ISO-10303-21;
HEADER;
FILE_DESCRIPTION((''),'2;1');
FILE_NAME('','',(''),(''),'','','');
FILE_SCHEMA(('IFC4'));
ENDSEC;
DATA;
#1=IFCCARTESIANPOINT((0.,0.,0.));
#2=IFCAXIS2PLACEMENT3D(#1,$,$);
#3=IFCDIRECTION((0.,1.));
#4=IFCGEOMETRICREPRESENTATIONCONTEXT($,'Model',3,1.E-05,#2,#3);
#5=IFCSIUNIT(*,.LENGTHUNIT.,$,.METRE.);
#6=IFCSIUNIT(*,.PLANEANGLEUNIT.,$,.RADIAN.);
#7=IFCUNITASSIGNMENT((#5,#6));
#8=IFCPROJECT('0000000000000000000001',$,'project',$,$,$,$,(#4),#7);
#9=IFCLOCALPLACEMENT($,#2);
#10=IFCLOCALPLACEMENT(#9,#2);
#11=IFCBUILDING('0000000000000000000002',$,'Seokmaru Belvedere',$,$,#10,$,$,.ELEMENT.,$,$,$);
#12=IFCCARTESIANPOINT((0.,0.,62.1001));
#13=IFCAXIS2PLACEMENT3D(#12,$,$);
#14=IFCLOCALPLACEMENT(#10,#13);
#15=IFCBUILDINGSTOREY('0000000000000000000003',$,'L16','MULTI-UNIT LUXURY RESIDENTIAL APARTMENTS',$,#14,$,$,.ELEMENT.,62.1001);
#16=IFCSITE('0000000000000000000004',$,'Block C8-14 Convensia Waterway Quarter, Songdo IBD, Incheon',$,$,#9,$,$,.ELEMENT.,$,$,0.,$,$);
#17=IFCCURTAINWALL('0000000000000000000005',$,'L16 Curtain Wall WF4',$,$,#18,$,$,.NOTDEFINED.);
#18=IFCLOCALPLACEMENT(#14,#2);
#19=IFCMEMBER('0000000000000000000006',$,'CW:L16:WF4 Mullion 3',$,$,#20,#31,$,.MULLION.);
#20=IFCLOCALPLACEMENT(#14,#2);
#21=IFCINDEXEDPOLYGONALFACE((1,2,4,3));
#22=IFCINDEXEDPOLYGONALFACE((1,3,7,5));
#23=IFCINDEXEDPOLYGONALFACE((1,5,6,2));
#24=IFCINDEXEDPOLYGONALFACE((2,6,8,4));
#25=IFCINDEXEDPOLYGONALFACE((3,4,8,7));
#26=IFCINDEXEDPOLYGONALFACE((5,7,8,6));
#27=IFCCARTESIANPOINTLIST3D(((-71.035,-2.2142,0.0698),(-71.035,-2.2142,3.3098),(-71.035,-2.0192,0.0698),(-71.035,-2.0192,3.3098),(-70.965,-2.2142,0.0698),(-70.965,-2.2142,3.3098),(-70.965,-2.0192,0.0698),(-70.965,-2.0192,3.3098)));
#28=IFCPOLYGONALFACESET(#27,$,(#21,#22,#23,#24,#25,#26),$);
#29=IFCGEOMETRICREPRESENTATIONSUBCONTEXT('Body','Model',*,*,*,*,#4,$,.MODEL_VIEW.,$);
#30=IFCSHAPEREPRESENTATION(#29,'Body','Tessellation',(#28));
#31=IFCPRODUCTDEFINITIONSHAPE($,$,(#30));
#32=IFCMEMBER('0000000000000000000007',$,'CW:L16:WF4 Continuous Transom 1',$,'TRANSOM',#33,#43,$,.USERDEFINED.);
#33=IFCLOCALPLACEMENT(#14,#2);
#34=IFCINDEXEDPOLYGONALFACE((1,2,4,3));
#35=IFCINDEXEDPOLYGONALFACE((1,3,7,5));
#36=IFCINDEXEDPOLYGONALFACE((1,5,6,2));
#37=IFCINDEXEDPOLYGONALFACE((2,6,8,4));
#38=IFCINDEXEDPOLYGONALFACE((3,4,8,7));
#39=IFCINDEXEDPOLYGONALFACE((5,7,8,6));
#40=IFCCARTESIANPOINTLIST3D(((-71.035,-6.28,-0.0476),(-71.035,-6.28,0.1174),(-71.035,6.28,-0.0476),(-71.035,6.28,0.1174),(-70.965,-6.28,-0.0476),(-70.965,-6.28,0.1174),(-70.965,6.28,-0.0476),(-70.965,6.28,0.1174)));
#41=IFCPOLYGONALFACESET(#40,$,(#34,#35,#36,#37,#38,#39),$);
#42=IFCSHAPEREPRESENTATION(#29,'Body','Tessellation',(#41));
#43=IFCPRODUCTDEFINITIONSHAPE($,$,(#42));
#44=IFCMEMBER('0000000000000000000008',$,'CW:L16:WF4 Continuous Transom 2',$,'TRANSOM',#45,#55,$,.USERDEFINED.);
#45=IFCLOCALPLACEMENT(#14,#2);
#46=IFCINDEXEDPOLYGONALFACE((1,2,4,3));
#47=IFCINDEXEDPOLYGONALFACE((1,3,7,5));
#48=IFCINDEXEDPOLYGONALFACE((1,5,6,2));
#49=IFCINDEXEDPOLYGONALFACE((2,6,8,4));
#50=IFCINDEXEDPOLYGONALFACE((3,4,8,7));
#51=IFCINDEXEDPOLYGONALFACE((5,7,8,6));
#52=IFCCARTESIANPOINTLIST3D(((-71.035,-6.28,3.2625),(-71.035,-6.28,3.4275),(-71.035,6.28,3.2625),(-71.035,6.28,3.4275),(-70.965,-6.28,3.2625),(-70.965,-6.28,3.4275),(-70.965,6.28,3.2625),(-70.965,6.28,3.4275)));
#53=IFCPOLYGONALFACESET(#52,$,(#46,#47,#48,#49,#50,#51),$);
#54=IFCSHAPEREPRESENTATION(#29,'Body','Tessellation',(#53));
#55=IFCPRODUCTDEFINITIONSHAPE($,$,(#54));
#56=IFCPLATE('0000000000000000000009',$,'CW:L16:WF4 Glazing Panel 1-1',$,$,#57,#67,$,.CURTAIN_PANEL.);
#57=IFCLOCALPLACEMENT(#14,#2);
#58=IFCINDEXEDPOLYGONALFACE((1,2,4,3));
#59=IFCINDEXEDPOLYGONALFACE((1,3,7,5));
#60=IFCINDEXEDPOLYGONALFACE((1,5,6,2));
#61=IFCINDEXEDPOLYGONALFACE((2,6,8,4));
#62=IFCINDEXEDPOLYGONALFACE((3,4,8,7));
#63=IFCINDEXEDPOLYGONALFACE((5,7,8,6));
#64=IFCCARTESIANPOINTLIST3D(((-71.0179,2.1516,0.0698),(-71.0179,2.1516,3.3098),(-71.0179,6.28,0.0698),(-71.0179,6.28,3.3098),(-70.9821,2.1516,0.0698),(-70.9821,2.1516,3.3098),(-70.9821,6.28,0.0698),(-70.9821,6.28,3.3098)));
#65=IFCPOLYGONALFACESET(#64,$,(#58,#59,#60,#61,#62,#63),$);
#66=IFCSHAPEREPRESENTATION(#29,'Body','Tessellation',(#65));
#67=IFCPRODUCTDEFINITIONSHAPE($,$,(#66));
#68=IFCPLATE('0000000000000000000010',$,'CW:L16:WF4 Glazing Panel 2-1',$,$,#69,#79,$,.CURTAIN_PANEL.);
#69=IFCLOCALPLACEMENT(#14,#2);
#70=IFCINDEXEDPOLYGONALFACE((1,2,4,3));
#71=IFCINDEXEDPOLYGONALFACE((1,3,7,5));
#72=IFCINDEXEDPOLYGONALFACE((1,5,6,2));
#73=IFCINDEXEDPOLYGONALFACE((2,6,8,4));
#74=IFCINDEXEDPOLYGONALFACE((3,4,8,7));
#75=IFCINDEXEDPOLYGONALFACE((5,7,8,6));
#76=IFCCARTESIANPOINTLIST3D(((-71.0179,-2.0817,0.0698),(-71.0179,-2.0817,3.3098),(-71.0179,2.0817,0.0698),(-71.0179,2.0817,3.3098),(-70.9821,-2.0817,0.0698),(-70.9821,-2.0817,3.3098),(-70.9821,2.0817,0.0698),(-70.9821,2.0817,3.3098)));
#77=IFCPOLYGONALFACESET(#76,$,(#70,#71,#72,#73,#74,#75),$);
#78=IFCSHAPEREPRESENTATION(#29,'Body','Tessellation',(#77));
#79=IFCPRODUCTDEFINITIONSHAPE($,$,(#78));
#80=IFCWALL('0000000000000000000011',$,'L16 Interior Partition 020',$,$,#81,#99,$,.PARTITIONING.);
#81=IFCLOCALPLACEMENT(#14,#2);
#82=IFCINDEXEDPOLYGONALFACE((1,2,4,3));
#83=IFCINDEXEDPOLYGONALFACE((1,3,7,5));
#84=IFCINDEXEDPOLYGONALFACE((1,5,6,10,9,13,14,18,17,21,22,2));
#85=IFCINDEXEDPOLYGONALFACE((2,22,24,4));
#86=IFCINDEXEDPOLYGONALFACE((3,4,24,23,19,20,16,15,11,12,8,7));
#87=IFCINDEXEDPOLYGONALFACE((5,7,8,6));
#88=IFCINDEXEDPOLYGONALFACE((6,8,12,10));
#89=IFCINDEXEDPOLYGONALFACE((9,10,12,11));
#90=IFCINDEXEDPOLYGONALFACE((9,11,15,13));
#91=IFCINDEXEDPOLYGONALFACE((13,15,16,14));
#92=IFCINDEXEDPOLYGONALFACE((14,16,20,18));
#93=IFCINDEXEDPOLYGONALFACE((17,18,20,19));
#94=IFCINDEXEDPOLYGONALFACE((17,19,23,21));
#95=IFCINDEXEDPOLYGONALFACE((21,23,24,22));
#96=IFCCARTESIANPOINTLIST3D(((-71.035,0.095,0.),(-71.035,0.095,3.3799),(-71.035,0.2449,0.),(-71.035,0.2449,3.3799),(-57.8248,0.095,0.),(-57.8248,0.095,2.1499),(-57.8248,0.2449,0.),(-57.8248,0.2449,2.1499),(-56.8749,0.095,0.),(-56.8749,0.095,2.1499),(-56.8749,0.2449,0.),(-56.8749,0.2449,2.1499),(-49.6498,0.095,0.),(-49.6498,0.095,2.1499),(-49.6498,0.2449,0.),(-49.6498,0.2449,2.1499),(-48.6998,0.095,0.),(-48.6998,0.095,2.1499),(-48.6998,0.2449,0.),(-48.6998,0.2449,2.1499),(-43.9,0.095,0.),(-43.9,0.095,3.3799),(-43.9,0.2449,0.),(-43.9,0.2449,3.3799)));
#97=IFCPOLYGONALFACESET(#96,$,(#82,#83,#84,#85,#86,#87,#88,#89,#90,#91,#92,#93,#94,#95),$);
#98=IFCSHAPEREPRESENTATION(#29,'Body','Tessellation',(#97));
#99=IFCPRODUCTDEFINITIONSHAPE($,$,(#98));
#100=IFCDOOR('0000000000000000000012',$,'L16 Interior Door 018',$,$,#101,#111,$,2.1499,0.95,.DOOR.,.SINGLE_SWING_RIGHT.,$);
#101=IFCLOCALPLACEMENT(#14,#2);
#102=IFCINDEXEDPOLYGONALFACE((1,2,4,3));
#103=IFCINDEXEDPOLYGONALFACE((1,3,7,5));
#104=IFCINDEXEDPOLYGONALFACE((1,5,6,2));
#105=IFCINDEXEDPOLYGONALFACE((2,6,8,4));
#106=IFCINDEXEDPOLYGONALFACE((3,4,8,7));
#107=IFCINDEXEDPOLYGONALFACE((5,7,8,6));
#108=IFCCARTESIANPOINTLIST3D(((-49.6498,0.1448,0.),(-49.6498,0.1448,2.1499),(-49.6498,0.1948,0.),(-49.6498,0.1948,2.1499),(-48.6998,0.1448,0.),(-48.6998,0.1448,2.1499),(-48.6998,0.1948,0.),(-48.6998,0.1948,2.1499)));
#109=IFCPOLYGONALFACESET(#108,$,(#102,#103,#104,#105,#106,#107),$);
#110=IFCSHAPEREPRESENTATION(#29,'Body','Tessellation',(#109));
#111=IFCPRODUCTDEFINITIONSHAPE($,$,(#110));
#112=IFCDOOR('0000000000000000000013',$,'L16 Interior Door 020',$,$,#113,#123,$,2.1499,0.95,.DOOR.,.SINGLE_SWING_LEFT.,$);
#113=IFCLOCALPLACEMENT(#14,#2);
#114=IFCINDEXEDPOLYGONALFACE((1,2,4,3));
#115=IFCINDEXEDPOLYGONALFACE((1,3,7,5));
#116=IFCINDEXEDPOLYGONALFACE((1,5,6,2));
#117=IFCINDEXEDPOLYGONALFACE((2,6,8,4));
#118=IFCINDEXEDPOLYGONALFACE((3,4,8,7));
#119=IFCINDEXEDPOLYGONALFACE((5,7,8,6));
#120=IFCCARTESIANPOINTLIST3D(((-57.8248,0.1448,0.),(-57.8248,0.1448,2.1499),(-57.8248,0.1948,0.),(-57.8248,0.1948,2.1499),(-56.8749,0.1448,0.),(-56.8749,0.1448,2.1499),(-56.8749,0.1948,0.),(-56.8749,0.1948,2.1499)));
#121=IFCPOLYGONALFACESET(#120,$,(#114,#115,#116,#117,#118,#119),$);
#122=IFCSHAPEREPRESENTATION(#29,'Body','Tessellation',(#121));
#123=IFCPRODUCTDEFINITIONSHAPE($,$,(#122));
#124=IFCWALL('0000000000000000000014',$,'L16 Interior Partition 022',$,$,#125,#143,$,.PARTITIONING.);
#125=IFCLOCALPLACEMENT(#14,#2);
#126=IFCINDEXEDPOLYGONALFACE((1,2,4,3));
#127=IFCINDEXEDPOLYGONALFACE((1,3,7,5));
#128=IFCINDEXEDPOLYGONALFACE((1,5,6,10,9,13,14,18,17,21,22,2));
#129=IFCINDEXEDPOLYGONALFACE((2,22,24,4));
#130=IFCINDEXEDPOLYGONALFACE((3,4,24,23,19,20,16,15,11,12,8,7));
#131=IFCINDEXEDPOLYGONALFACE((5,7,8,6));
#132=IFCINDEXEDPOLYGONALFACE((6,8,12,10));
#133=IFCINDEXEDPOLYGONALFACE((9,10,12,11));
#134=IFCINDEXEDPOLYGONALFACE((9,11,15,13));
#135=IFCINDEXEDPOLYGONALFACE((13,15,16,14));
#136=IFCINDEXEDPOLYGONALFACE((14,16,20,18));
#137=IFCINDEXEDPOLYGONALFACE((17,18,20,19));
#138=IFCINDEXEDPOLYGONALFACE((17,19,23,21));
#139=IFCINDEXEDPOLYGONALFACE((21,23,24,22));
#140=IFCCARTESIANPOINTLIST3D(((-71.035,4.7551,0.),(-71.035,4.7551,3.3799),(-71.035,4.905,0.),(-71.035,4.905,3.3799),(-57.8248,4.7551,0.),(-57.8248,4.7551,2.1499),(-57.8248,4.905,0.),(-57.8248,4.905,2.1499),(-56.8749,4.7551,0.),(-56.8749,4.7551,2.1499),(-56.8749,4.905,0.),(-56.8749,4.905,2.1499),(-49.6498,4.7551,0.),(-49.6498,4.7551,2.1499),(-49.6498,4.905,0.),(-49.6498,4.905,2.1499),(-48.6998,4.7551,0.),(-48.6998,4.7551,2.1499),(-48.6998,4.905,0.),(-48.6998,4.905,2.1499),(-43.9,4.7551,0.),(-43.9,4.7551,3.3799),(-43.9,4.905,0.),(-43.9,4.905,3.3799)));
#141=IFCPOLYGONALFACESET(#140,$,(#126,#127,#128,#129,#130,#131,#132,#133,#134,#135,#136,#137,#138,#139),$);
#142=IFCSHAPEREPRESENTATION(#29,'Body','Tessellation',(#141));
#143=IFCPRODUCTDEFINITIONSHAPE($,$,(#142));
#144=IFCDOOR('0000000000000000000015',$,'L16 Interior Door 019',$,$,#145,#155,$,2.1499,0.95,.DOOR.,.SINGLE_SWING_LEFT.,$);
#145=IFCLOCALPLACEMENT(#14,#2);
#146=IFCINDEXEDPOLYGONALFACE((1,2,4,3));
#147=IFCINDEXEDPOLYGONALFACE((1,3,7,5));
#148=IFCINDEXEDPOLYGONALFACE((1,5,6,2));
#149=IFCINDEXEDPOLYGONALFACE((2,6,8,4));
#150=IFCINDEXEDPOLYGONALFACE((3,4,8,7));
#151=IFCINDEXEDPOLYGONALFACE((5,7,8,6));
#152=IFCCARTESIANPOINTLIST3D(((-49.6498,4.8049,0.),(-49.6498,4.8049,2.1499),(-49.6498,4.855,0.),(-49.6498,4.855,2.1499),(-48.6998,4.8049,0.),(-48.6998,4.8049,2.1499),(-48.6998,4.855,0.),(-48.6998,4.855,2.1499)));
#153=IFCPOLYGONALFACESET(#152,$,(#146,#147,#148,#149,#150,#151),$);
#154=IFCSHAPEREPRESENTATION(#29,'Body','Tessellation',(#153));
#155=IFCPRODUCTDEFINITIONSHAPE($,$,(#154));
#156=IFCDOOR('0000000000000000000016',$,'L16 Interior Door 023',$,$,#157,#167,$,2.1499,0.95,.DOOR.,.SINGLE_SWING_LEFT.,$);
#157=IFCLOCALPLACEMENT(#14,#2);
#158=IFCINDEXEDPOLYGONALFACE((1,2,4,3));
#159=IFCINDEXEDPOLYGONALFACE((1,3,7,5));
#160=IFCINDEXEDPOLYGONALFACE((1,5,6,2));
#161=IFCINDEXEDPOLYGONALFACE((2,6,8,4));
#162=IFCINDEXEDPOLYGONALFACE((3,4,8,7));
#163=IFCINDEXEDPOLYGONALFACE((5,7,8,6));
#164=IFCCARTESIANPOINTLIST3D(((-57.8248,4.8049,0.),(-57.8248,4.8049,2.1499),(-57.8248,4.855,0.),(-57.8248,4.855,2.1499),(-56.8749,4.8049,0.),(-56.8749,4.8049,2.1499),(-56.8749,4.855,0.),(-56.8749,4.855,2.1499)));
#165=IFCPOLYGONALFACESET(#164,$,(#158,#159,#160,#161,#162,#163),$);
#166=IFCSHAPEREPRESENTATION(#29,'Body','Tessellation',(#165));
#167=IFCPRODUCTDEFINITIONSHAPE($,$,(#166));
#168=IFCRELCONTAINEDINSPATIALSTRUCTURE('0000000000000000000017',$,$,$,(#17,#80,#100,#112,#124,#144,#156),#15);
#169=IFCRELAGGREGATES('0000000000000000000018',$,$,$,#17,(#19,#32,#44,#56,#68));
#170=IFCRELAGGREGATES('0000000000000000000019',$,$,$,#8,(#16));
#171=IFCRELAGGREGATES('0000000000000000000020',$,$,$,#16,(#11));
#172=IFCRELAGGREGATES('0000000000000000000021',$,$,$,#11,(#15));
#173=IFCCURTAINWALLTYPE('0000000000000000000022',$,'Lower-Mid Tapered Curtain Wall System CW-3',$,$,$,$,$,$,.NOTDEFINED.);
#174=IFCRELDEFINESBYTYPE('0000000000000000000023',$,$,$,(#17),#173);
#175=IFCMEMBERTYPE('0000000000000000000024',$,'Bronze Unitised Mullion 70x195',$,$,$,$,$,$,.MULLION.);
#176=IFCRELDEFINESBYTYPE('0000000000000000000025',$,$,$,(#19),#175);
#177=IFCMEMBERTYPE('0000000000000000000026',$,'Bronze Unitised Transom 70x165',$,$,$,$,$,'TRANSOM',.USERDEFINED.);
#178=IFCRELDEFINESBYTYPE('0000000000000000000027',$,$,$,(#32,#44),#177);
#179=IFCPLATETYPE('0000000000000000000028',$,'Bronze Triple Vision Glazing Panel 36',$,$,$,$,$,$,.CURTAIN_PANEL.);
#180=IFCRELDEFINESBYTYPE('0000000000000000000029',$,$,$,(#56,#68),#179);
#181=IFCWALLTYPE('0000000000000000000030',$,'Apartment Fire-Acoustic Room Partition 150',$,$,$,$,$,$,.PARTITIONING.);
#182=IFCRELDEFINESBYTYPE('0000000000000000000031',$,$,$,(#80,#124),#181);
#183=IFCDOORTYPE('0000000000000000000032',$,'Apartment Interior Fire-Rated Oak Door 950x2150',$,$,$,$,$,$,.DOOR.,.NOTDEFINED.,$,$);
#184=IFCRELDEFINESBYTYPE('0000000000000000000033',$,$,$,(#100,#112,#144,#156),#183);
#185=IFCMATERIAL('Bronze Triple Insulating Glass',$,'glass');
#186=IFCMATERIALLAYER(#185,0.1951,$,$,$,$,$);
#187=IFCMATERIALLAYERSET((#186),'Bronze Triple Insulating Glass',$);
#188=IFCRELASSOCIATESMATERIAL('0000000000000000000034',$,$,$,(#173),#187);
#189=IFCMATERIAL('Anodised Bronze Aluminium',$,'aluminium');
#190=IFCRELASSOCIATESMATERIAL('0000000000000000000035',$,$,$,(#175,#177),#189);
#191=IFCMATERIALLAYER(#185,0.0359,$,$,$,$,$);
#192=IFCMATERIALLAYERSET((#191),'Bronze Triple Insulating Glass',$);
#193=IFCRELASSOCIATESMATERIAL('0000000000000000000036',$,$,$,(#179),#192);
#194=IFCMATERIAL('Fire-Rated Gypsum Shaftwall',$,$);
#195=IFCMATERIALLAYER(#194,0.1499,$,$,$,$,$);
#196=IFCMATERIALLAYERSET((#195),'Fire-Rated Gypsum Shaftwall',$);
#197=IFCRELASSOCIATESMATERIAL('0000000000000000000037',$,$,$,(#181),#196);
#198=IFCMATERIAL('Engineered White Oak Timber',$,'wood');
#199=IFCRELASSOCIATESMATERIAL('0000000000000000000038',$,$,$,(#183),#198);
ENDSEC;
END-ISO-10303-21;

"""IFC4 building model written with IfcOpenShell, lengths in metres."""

from ifc_helpers import new_model, si_unit, direction, frame, frame_2d, origin, origin_2d, place, context, subcontext, project, spatial, rectangle, extrude, source, transform, mapped, material, layer, layer_set, material_profile, profile_set, type_object, type_shapes, element, fill, aggregate, save


model = new_model("IFC4")

# Units and contexts
model_context = context("Model", 3, precision=1e-05, world=origin(), true_north=direction((0.0, 1.0)))
body_context = subcontext(model_context, "Body", "Model", "MODEL_VIEW")
ifc_project = project(units=[si_unit("LENGTHUNIT", "METRE"), si_unit("PLANEANGLEUNIT", "RADIAN")], contexts=[model_context])

# Site, building, storey
site_placement = place(None, origin())
site = spatial("IfcSite", under=ifc_project, at=site_placement, Name="Block C8-14 Convensia Waterway Quarter, Songdo IBD, Incheon", CompositionType="ELEMENT", RefElevation=0.0)
building_placement = place(site_placement, origin())
building = spatial("IfcBuilding", under=site, at=building_placement, Name="Seokmaru Belvedere", CompositionType="ELEMENT")
storey_placement = place(building_placement, frame((0.0, 0.0, 62.1001)))
storey = spatial("IfcBuildingStorey", under=building, at=storey_placement, Name="L16", Description="MULTI-UNIT LUXURY RESIDENTIAL APARTMENTS", CompositionType="ELEMENT", Elevation=62.1001)

# Curtain wall, members, plates
ifc_material_1 = material(Name="Bronze Triple Insulating Glass", Category="glass")
ifc_layer_1 = layer(ifc_material_1, 0.1951)
ifc_layer_set_1 = layer_set([ifc_layer_1], Name="Bronze Triple Insulating Glass")
curtain_wall_type = type_object("IfcCurtainWallType", Name="Lower-Mid Tapered Curtain Wall System CW-3", PredefinedType="NOTDEFINED", material=ifc_layer_set_1)
curtain_wall_placement = place(storey_placement, origin())
curtain_wall = element("IfcCurtainWall", 1, at=curtain_wall_placement, inside=storey, type_object=curtain_wall_type, Name="L16 Curtain Wall WF4", PredefinedType="NOTDEFINED")
ifc_material_2 = material(Name="Anodised Bronze Aluminium", Category="aluminium")
ifc_material_profile_1 = material_profile(ifc_material_2, rectangle(XDim=0.0701, YDim=0.1951, at=origin_2d()), Name="CW-M-70x195")
ifc_profile_set_1 = profile_set([ifc_material_profile_1], Name="Anodised Bronze Aluminium")
member_type_1 = type_object("IfcMemberType", Name="Bronze Unitised Mullion 70x195", PredefinedType="MULLION", material=ifc_profile_set_1)
shared_shape_1 = source(origin(), body_context, "Body", "SweptSolid", [
    extrude(rectangle(XDim=0.0701, YDim=0.1951, at=origin_2d()), origin(), (0.0, 0.0, 1.0), 3.24),
])
member_1_placement = place(storey_placement, frame((-71.0, -2.1167, 0.0698), z_axis=(0.0, 0.0, 1.0), x_axis=(1.0, 0.0, 0.0)))
member_1 = element("IfcMember", 2, at=member_1_placement, type_object=member_type_1, Name="CW:L16:WF4 Mullion 3", PredefinedType="MULLION", context=body_context, shape_type="MappedRepresentation", body=[
    mapped(shared_shape_1, transform((0.0, 0.0, 0.0), scale=1.0)),
])
ifc_material_profile_2 = material_profile(ifc_material_2, rectangle(XDim=0.0701, YDim=0.165, at=origin_2d()), Name="CW-T-70x165")
ifc_profile_set_2 = profile_set([ifc_material_profile_2], Name="Anodised Bronze Aluminium")
member_type_2 = type_object("IfcMemberType", Name="Bronze Unitised Transom 70x165", ElementType="TRANSOM", PredefinedType="USERDEFINED", material=ifc_profile_set_2)
shared_shape_2 = source(origin(), body_context, "Body", "SweptSolid", [
    extrude(rectangle(XDim=0.0701, YDim=0.165, at=origin_2d()), origin(), (0.0, 0.0, 1.0), 12.5601),
])
type_shapes(member_type_2, [shared_shape_2])
member_2_placement = place(storey_placement, frame((-71.0, 6.28, 0.0349), z_axis=(0.0, -1.0, 0.0), x_axis=(1.0, 0.0, 0.0)))
member_2 = element("IfcMember", 3, at=member_2_placement, type_object=member_type_2, Name="CW:L16:WF4 Continuous Transom 1", ObjectType="TRANSOM", PredefinedType="USERDEFINED", context=body_context, shape_type="MappedRepresentation", body=[
    mapped(shared_shape_2, transform((0.0, 0.0, 0.0), scale=1.0)),
])
member_3_placement = place(storey_placement, frame((-71.0, 6.28, 3.345), z_axis=(0.0, -1.0, 0.0), x_axis=(1.0, 0.0, 0.0)))
member_3 = element("IfcMember", 4, at=member_3_placement, type_object=member_type_2, Name="CW:L16:WF4 Continuous Transom 2", ObjectType="TRANSOM", PredefinedType="USERDEFINED", context=body_context, shape_type="MappedRepresentation", body=[
    mapped(shared_shape_2, transform((0.0, 0.0, 0.0), scale=1.0)),
])
ifc_layer_2 = layer(ifc_material_1, 0.0359)
ifc_layer_set_2 = layer_set([ifc_layer_2], Name="Bronze Triple Insulating Glass")
plate_type = type_object("IfcPlateType", Name="Bronze Triple Vision Glazing Panel 36", PredefinedType="CURTAIN_PANEL", material=ifc_layer_set_2)
shared_shape_3 = source(origin(), body_context, "Body", "SweptSolid", [
    extrude(rectangle(XDim=4.1284, YDim=0.0359, at=origin_2d()), origin(), (0.0, 0.0, 1.0), 3.24),
])
plate_1_placement = place(storey_placement, frame((-71.0, 4.2158, 0.0698), z_axis=(0.0, 0.0, 1.0), x_axis=(0.0, -1.0, 0.0)))
plate_1 = element("IfcPlate", 5, at=plate_1_placement, type_object=plate_type, Name="CW:L16:WF4 Glazing Panel 1-1", PredefinedType="CURTAIN_PANEL", context=body_context, shape_type="MappedRepresentation", body=[
    mapped(shared_shape_3, transform((0.0, 0.0, 0.0), scale=1.0)),
])
shared_shape_4 = source(origin(), body_context, "Body", "SweptSolid", [
    extrude(rectangle(XDim=4.1633, YDim=0.0359, at=origin_2d()), origin(), (0.0, 0.0, 1.0), 3.24),
])
type_shapes(plate_type, [shared_shape_3, shared_shape_4])
plate_2_placement = place(storey_placement, frame((-71.0, 0.0, 0.0698), z_axis=(0.0, 0.0, 1.0), x_axis=(0.0, -1.0, 0.0)))
plate_2 = element("IfcPlate", 6, at=plate_2_placement, type_object=plate_type, Name="CW:L16:WF4 Glazing Panel 2-1", PredefinedType="CURTAIN_PANEL", context=body_context, shape_type="MappedRepresentation", body=[
    mapped(shared_shape_4, transform((0.0, 0.0, 0.0), scale=1.0)),
])
aggregate(curtain_wall, [member_1, member_2, member_3, plate_1, plate_2])

# Walls, openings, doors
ifc_material_3 = material(Name="Fire-Rated Gypsum Shaftwall")
ifc_layer_3 = layer(ifc_material_3, 0.1499)
ifc_layer_set_3 = layer_set([ifc_layer_3], Name="Fire-Rated Gypsum Shaftwall")
wall_type = type_object("IfcWallType", Name="Apartment Fire-Acoustic Room Partition 150", PredefinedType="PARTITIONING", material=ifc_layer_set_3)
wall_1_placement = place(storey_placement, frame((-71.0349, 0.1699, 0.0), z_axis=(0.0, 0.0, 1.0), x_axis=(1.0, 0.0, 0.0)))
wall_1 = element("IfcWall", 7, at=wall_1_placement, inside=storey, type_object=wall_type, Name="L16 Interior Partition 020", PredefinedType="PARTITIONING", context=body_context, shape_type="SweptSolid", body=[
    extrude(rectangle(XDim=27.135, YDim=0.1499, at=frame_2d((13.5674, 0.0))), origin(), (0.0, 0.0, 1.0), 3.3799),
])
opening_1_placement = place(wall_1_placement, frame((21.385, 0.0, 0.0)))
opening_1 = element("IfcOpeningElement", 8, at=opening_1_placement, cuts=wall_1, PredefinedType="OPENING", context=body_context, shape_type="SweptSolid", body=[
    extrude(rectangle(XDim=0.95, YDim=2.1499, at=frame_2d((0.4751, 1.075))), frame((0.0, 0.085, 0.0), z_axis=(0.0, -1.0, 0.0), x_axis=(1.0, 0.0, 0.0)), (0.0, 0.0, 1.0), 0.1699),
])
opening_2_placement = place(wall_1_placement, frame((13.21, 0.0, 0.0)))
opening_2 = element("IfcOpeningElement", 9, at=opening_2_placement, cuts=wall_1, PredefinedType="OPENING", context=body_context, shape_type="SweptSolid", body=[
    extrude(rectangle(XDim=0.95, YDim=2.1499, at=frame_2d((0.4751, 1.075))), frame((0.0, 0.085, 0.0), z_axis=(0.0, -1.0, 0.0), x_axis=(1.0, 0.0, 0.0)), (0.0, 0.0, 1.0), 0.1699),
])
ifc_material_4 = material(Name="Engineered White Oak Timber", Category="wood")
door_type = type_object("IfcDoorType", Name="Apartment Interior Fire-Rated Oak Door 950x2150", OperationType="NOTDEFINED", PredefinedType="DOOR", material=ifc_material_4)
shared_shape_5 = source(origin(), body_context, "Body", "SweptSolid", [
    extrude(rectangle(XDim=0.95, YDim=2.1499, at=frame_2d((0.4751, 1.075))), frame((0.0, 0.0249, 0.0), z_axis=(0.0, -1.0, 0.0), x_axis=(1.0, 0.0, 0.0)), (0.0, 0.0, 1.0), 0.05),
])
type_shapes(door_type, [shared_shape_5])
door_1_placement = place(opening_1_placement, origin())
door_1 = element("IfcDoor", 10, at=door_1_placement, inside=storey, type_object=door_type, Name="L16 Interior Door 018", OperationType="SINGLE_SWING_RIGHT", OverallHeight=2.1499, OverallWidth=0.95, PredefinedType="DOOR", context=body_context, shape_type="MappedRepresentation", body=[
    mapped(shared_shape_5, transform((0.0, 0.0, 0.0), scale=1.0)),
])
fill(opening_1, door_1)
door_2_placement = place(opening_2_placement, origin())
door_2 = element("IfcDoor", 11, at=door_2_placement, inside=storey, type_object=door_type, Name="L16 Interior Door 020", OperationType="SINGLE_SWING_LEFT", OverallHeight=2.1499, OverallWidth=0.95, PredefinedType="DOOR", context=body_context, shape_type="MappedRepresentation", body=[
    mapped(shared_shape_5, transform((0.0, 0.0, 0.0), scale=1.0)),
])
fill(opening_2, door_2)
wall_2_placement = place(storey_placement, frame((-71.0349, 4.8301, 0.0), z_axis=(0.0, 0.0, 1.0), x_axis=(1.0, 0.0, 0.0)))
wall_2 = element("IfcWall", 12, at=wall_2_placement, inside=storey, type_object=wall_type, Name="L16 Interior Partition 022", PredefinedType="PARTITIONING", context=body_context, shape_type="SweptSolid", body=[
    extrude(rectangle(XDim=27.135, YDim=0.1499, at=frame_2d((13.5674, 0.0))), origin(), (0.0, 0.0, 1.0), 3.3799),
])
opening_3_placement = place(wall_2_placement, frame((21.385, 0.0, 0.0)))
opening_3 = element("IfcOpeningElement", 13, at=opening_3_placement, cuts=wall_2, PredefinedType="OPENING", context=body_context, shape_type="SweptSolid", body=[
    extrude(rectangle(XDim=0.95, YDim=2.1499, at=frame_2d((0.4751, 1.075))), frame((0.0, 0.085, 0.0), z_axis=(0.0, -1.0, 0.0), x_axis=(1.0, 0.0, 0.0)), (0.0, 0.0, 1.0), 0.1699),
])
opening_4_placement = place(wall_2_placement, frame((13.21, 0.0, 0.0)))
opening_4 = element("IfcOpeningElement", 14, at=opening_4_placement, cuts=wall_2, PredefinedType="OPENING", context=body_context, shape_type="SweptSolid", body=[
    extrude(rectangle(XDim=0.95, YDim=2.1499, at=frame_2d((0.4751, 1.075))), frame((0.0, 0.085, 0.0), z_axis=(0.0, -1.0, 0.0), x_axis=(1.0, 0.0, 0.0)), (0.0, 0.0, 1.0), 0.1699),
])
door_3_placement = place(opening_3_placement, origin())
door_3 = element("IfcDoor", 15, at=door_3_placement, inside=storey, type_object=door_type, Name="L16 Interior Door 019", OperationType="SINGLE_SWING_LEFT", OverallHeight=2.1499, OverallWidth=0.95, PredefinedType="DOOR", context=body_context, shape_type="MappedRepresentation", body=[
    mapped(shared_shape_5, transform((0.0, 0.0, 0.0), scale=1.0)),
])
fill(opening_3, door_3)
door_4_placement = place(opening_4_placement, origin())
door_4 = element("IfcDoor", 16, at=door_4_placement, inside=storey, type_object=door_type, Name="L16 Interior Door 023", OperationType="SINGLE_SWING_LEFT", OverallHeight=2.1499, OverallWidth=0.95, PredefinedType="DOOR", context=body_context, shape_type="MappedRepresentation", body=[
    mapped(shared_shape_5, transform((0.0, 0.0, 0.0), scale=1.0)),
])
fill(opening_4, door_4)

save(model, "model.ifc")
